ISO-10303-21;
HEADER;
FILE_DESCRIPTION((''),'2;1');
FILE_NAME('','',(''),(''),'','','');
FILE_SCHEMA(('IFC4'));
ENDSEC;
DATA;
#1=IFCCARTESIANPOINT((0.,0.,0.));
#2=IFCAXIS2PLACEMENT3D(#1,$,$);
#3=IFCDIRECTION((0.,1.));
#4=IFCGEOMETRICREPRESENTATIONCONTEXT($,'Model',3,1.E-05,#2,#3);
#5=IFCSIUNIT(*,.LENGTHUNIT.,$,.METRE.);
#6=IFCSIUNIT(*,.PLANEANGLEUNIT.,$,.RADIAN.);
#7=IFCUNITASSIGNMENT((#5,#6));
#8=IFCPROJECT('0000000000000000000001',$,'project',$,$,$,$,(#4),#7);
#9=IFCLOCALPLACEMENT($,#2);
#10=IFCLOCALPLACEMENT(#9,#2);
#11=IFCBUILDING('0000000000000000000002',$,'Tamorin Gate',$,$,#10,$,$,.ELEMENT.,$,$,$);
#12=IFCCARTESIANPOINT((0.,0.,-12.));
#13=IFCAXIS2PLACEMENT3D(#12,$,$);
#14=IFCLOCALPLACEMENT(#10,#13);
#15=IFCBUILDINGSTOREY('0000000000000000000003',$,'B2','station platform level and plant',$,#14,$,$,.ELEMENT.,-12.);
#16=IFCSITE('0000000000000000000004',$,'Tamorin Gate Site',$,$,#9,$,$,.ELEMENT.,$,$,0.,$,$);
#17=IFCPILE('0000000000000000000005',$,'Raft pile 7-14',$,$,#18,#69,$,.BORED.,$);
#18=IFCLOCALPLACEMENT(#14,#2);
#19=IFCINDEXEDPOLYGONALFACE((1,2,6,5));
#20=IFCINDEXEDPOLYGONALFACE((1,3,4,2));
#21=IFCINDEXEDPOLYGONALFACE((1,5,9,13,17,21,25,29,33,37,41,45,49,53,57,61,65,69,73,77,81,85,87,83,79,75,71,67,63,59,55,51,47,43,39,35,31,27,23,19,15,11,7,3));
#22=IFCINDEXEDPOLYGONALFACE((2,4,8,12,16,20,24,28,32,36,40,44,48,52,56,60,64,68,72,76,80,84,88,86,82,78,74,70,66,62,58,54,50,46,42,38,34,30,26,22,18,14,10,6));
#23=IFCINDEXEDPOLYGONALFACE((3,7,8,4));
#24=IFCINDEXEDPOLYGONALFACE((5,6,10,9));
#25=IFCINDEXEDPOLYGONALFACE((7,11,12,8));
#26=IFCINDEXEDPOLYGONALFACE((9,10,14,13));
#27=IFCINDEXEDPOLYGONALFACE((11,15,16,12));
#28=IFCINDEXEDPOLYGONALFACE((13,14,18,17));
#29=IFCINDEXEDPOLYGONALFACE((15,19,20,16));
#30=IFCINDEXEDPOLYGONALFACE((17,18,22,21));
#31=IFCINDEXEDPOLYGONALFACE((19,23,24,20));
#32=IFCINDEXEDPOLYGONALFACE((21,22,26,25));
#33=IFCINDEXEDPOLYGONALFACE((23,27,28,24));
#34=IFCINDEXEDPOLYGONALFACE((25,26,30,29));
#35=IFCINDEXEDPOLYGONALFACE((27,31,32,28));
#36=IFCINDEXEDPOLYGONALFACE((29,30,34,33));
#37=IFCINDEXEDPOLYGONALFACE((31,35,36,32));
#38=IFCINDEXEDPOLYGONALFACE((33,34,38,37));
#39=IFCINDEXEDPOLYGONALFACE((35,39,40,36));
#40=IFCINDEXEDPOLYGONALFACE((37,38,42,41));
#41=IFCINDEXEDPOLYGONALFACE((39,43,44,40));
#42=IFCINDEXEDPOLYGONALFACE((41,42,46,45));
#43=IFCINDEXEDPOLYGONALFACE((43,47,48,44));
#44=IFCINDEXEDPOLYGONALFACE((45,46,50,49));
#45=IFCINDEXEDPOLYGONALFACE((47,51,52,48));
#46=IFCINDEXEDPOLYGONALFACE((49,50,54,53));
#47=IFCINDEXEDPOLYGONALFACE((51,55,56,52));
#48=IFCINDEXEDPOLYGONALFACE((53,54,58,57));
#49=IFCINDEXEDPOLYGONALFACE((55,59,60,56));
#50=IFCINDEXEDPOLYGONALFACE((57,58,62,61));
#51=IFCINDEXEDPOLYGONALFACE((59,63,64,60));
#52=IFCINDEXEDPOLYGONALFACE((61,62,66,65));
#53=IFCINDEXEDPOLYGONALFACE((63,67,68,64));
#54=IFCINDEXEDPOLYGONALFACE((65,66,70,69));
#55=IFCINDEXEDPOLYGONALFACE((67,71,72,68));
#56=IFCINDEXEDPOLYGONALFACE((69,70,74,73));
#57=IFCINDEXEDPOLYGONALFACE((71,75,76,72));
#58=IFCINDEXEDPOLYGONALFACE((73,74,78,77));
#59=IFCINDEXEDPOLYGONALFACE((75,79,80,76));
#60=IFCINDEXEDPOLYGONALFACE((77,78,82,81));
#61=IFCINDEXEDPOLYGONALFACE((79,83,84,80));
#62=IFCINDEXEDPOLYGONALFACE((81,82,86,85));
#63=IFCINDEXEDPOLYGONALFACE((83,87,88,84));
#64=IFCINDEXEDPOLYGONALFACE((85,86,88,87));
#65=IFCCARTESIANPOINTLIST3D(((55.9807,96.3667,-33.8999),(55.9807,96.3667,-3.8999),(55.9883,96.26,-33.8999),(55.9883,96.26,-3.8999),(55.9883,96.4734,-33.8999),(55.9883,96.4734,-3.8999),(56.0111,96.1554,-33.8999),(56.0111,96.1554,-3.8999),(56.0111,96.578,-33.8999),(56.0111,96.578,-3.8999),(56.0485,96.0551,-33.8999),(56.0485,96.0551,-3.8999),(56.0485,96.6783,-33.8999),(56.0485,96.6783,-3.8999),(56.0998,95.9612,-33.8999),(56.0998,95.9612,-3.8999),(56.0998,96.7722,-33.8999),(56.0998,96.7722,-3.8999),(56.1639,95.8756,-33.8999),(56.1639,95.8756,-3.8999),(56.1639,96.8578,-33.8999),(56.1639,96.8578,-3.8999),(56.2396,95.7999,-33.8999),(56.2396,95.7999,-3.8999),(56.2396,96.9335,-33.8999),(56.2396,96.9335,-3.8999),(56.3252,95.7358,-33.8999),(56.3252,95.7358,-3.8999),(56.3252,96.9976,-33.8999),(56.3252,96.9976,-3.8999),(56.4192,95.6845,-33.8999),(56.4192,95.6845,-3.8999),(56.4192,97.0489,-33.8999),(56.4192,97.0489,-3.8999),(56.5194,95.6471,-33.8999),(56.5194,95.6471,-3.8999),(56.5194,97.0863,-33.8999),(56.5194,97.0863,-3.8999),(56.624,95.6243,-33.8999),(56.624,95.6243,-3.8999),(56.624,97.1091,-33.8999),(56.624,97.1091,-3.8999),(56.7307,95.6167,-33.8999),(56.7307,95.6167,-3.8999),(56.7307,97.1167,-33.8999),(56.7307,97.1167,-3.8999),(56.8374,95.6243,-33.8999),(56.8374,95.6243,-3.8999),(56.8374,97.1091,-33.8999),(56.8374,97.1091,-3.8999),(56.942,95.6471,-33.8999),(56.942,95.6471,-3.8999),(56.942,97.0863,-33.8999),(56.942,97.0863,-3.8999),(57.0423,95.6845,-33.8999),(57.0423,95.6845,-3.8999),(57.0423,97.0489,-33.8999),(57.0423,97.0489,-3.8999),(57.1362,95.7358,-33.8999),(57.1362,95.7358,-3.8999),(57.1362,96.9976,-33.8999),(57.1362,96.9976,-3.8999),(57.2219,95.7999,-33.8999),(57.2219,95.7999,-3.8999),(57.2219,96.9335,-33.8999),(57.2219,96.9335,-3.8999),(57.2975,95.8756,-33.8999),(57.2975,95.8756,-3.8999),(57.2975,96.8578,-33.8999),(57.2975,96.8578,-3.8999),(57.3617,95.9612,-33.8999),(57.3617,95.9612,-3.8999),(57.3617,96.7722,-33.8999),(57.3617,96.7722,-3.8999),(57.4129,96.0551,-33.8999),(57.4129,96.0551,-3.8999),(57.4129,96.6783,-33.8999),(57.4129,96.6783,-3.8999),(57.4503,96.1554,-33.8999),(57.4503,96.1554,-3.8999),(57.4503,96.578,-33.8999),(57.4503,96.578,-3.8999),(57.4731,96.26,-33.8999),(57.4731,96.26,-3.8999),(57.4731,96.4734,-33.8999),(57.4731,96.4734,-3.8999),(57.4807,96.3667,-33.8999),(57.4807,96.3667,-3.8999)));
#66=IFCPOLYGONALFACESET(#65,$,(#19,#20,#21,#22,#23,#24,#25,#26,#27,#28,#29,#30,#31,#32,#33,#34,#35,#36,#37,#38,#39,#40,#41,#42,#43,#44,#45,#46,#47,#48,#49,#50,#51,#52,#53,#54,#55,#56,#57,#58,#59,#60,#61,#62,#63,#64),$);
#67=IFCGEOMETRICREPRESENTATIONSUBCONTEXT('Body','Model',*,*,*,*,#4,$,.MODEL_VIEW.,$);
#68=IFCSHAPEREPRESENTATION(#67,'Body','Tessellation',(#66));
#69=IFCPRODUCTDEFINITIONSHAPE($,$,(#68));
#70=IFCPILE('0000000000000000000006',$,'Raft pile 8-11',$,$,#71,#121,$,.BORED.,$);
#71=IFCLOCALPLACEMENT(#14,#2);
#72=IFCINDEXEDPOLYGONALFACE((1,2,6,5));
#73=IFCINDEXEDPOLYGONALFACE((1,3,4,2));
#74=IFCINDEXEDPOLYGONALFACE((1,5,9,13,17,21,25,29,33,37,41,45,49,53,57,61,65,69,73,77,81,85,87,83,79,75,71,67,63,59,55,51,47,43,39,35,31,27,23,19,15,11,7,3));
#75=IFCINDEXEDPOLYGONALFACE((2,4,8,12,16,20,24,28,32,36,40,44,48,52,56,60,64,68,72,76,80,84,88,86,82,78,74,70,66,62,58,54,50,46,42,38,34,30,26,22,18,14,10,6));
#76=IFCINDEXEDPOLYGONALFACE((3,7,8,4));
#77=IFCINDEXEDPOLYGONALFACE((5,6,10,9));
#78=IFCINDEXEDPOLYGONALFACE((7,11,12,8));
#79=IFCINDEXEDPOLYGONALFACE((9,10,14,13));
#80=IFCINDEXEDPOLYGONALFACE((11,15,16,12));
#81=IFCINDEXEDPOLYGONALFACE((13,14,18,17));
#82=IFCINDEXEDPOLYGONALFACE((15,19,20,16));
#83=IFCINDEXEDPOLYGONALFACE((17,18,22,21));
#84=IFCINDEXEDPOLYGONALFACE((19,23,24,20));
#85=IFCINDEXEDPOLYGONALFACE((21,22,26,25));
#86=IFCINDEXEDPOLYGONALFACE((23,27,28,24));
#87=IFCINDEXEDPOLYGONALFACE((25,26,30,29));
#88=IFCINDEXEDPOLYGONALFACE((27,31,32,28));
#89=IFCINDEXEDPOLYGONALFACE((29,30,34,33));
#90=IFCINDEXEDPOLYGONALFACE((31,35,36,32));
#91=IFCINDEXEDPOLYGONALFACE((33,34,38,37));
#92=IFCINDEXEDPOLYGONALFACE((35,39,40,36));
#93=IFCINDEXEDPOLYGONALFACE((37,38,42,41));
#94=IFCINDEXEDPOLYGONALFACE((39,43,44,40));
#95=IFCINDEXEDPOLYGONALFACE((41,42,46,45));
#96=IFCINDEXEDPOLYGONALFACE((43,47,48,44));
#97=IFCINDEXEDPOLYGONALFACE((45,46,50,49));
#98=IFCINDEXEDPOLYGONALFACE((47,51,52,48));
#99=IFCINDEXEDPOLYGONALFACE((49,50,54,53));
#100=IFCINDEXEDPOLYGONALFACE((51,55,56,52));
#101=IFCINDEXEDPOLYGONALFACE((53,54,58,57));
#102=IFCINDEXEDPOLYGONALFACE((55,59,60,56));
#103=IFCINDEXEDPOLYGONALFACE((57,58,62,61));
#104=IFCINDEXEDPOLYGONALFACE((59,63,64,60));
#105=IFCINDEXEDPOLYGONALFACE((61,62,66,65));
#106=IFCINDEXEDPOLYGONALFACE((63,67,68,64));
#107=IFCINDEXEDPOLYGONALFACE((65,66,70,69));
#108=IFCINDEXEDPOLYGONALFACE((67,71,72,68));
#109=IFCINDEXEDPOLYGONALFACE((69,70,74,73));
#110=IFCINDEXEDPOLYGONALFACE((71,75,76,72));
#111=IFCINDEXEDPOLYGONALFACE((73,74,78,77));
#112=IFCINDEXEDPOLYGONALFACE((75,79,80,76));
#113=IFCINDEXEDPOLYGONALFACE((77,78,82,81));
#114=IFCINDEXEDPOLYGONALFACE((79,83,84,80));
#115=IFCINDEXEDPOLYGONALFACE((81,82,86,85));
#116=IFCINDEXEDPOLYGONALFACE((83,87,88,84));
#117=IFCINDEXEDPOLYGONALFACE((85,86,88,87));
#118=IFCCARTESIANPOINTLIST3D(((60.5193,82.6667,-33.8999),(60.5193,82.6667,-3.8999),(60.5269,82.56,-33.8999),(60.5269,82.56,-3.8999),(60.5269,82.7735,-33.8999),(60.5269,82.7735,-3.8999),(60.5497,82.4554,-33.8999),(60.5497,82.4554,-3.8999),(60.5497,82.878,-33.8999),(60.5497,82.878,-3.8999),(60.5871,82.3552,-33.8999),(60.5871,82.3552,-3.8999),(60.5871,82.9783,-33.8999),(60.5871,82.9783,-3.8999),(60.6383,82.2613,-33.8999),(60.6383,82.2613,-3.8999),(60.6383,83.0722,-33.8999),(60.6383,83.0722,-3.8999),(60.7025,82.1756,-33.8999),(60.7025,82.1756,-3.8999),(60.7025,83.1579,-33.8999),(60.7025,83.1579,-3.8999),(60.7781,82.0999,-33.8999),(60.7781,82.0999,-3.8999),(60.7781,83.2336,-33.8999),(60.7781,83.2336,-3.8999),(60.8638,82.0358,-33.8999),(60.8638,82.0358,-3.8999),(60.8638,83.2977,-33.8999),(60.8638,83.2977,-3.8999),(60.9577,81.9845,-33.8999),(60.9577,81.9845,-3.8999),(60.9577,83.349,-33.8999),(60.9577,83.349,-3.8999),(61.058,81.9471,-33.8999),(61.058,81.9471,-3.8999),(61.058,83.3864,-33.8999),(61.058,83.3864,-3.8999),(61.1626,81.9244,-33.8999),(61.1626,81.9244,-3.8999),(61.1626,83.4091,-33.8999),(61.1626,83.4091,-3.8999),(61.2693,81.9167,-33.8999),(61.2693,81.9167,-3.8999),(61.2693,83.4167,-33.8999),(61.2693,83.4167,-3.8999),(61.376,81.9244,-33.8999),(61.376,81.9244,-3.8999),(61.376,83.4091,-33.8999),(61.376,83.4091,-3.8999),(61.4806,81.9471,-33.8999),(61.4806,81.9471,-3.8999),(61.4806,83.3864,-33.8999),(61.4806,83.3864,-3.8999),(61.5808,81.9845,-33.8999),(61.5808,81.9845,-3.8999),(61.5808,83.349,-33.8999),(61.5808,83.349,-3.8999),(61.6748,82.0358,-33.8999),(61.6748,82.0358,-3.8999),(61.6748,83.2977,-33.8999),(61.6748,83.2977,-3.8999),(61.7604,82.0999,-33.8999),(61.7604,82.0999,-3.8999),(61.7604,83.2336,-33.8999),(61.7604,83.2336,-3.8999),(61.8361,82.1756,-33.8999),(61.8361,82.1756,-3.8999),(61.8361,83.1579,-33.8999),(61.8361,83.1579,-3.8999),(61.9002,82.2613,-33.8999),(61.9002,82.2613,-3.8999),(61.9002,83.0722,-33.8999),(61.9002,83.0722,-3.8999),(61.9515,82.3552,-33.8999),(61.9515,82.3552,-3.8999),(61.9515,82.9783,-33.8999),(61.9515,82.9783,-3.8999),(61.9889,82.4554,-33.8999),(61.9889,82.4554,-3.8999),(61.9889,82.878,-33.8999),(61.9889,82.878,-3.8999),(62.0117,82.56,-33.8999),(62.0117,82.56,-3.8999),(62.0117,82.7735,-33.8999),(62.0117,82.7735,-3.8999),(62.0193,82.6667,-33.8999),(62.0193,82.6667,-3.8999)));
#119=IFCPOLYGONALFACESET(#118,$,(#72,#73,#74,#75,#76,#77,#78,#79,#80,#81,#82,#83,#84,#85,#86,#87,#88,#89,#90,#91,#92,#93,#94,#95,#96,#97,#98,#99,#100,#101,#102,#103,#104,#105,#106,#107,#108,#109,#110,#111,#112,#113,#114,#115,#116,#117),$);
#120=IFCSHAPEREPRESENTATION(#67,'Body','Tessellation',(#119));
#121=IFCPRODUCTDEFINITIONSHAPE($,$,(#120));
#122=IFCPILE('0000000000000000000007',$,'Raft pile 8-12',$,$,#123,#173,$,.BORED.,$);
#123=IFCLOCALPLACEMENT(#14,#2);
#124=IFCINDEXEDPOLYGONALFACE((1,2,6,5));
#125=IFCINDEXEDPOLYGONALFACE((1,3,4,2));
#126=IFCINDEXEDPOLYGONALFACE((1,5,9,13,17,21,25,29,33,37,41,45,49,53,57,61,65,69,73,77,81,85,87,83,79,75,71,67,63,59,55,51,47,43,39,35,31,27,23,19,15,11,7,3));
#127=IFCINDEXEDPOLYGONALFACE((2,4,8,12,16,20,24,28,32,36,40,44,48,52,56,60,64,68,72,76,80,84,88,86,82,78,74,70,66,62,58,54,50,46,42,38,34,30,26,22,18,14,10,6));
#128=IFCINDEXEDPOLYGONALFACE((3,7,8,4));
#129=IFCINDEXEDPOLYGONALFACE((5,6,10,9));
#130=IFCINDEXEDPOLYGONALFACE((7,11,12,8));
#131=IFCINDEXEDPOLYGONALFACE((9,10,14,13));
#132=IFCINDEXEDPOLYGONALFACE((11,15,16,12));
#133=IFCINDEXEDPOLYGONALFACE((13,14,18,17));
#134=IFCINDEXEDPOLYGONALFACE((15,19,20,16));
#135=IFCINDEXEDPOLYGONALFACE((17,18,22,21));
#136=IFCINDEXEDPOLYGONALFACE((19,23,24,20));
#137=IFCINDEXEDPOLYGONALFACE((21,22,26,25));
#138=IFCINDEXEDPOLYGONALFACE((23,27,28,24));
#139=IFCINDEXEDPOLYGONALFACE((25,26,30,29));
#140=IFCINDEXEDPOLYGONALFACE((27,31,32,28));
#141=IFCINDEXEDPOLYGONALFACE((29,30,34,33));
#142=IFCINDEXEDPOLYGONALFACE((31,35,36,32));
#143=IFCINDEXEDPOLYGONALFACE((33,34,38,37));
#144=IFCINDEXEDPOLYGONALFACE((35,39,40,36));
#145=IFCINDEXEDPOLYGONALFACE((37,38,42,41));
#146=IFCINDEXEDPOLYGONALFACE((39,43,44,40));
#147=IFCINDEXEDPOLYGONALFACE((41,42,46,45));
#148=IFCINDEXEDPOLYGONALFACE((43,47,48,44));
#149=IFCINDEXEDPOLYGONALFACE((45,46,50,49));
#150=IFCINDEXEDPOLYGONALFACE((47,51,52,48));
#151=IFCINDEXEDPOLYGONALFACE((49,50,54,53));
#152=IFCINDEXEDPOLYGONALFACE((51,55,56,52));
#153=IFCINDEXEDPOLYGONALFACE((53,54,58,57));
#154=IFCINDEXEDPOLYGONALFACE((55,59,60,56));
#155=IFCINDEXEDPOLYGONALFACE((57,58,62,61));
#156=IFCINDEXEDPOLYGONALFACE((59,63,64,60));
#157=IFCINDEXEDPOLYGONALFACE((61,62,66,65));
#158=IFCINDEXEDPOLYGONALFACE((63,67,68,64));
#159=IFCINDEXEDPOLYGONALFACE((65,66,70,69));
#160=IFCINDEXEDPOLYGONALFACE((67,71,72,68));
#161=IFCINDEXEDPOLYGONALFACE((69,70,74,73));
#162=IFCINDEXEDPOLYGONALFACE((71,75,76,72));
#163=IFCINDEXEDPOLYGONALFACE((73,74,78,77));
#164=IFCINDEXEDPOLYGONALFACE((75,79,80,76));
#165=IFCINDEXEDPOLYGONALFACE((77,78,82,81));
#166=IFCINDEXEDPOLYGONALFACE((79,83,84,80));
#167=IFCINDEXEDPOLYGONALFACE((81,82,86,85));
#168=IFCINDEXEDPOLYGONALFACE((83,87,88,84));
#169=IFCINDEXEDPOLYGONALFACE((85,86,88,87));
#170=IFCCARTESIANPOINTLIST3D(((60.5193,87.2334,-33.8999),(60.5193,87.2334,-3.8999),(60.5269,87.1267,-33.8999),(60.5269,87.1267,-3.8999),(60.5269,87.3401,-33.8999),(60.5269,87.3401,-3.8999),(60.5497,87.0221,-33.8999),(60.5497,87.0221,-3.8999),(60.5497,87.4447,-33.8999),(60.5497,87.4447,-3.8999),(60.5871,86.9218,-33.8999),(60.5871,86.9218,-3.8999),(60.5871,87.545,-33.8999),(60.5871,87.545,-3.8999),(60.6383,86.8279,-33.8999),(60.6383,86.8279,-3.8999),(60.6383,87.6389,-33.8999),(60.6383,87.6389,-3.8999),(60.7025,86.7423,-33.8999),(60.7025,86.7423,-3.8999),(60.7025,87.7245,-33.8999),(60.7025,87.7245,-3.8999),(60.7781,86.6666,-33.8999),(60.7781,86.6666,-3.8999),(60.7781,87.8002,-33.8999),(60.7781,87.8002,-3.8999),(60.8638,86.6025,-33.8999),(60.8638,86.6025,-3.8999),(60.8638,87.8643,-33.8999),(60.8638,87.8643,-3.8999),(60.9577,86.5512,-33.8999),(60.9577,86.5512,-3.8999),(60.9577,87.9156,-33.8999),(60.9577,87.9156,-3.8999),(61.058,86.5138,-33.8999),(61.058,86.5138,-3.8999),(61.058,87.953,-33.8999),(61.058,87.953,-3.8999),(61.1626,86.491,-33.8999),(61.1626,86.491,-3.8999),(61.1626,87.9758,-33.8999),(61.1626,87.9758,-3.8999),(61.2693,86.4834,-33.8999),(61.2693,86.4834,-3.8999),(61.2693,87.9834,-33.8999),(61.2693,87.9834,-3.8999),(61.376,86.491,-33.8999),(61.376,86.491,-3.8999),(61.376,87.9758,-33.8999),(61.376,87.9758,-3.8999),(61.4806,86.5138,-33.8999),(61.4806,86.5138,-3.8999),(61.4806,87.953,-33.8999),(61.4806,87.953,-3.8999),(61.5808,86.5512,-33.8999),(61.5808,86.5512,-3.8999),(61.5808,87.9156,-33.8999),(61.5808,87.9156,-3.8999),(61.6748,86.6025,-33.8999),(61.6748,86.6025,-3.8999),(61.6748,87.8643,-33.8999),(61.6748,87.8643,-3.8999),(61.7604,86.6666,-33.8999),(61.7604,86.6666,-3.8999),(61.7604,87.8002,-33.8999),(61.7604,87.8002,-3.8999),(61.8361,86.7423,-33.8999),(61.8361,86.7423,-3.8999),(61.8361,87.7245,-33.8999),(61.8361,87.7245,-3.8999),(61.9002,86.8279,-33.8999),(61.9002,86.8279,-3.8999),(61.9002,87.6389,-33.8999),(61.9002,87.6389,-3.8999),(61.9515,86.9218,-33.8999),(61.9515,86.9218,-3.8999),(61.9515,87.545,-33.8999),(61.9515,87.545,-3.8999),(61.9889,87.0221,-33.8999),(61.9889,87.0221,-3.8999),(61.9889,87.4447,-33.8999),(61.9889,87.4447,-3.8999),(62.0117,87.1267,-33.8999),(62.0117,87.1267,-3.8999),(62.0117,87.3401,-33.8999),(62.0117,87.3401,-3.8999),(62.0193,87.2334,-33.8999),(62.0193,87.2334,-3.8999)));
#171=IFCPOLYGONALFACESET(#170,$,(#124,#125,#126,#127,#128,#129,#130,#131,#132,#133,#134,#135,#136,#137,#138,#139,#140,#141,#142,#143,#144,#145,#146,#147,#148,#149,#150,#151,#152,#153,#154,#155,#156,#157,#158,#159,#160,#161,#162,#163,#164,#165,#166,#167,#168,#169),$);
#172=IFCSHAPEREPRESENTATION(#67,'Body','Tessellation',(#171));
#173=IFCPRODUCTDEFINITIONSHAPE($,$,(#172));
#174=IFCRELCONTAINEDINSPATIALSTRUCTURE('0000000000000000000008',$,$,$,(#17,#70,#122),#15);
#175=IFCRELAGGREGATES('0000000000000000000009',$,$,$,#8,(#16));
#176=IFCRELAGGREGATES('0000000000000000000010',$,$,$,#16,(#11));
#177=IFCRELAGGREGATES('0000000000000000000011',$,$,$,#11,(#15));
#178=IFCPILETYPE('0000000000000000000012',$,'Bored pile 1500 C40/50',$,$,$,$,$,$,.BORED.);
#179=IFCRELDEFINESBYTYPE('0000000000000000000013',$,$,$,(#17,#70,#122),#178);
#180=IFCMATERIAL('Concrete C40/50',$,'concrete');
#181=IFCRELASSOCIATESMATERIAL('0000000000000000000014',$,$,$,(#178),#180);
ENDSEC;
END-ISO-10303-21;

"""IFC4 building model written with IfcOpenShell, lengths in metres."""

from ifc_helpers import new_model, si_unit, direction, frame, origin, origin_2d, place, context, subcontext, project, spatial, circle, extrude, material, material_profile, profile_set, type_object, element, save


model = new_model("IFC4")

# Units and contexts
model_context = context("Model", 3, precision=1e-05, world=origin(), true_north=direction((0.0, 1.0)))
body_context = subcontext(model_context, "Body", "Model", "MODEL_VIEW")
ifc_project = project(units=[si_unit("LENGTHUNIT", "METRE"), si_unit("PLANEANGLEUNIT", "RADIAN")], contexts=[model_context])

# Site, building, storey
site_placement = place(None, origin())
site = spatial("IfcSite", under=ifc_project, at=site_placement, Name="Tamorin Gate Site", CompositionType="ELEMENT", RefElevation=0.0)
building_placement = place(site_placement, origin())
building = spatial("IfcBuilding", under=site, at=building_placement, Name="Tamorin Gate", CompositionType="ELEMENT")
storey_placement = place(building_placement, frame((0.0, 0.0, -12.0)))
storey = spatial("IfcBuildingStorey", under=building, at=storey_placement, Name="B2", Description="station platform level and plant", CompositionType="ELEMENT", Elevation=-12.0)

# Piles
ifc_material_1 = material(Name="Concrete C40/50", Category="concrete")
ifc_material_profile_1 = material_profile(ifc_material_1, circle(Radius=0.75, at=origin_2d()))
ifc_profile_set_1 = profile_set([ifc_material_profile_1], Name="Concrete C40/50")
pile_type = type_object("IfcPileType", Name="Bored pile 1500 C40/50", PredefinedType="BORED", material=ifc_profile_set_1)
for number, where, z_axis, x_axis, name in (
    (1, (56.7307, 96.3667, -3.8999), (0.0, 0.0, -1.0), (1.0, 0.0, 0.0), "Raft pile 7-14"),
    (2, (61.2693, 82.6667, -3.8999), (0.0, 0.0, -1.0), (1.0, 0.0, 0.0), "Raft pile 8-11"),
    (3, (61.2693, 87.2334, -3.8999), (0.0, 0.0, -1.0), (1.0, 0.0, 0.0), "Raft pile 8-12"),
):
    element("IfcPile", number, at=place(storey_placement, frame(where, z_axis=z_axis, x_axis=x_axis)), inside=storey, type_object=pile_type, Name=name, PredefinedType="BORED", context=body_context, shape_type="SweptSolid", body=[
        extrude(circle(Radius=0.75, at=origin_2d()), origin(), (0.0, 0.0, 1.0), 30.0),
    ])

save(model, "model.ifc")
